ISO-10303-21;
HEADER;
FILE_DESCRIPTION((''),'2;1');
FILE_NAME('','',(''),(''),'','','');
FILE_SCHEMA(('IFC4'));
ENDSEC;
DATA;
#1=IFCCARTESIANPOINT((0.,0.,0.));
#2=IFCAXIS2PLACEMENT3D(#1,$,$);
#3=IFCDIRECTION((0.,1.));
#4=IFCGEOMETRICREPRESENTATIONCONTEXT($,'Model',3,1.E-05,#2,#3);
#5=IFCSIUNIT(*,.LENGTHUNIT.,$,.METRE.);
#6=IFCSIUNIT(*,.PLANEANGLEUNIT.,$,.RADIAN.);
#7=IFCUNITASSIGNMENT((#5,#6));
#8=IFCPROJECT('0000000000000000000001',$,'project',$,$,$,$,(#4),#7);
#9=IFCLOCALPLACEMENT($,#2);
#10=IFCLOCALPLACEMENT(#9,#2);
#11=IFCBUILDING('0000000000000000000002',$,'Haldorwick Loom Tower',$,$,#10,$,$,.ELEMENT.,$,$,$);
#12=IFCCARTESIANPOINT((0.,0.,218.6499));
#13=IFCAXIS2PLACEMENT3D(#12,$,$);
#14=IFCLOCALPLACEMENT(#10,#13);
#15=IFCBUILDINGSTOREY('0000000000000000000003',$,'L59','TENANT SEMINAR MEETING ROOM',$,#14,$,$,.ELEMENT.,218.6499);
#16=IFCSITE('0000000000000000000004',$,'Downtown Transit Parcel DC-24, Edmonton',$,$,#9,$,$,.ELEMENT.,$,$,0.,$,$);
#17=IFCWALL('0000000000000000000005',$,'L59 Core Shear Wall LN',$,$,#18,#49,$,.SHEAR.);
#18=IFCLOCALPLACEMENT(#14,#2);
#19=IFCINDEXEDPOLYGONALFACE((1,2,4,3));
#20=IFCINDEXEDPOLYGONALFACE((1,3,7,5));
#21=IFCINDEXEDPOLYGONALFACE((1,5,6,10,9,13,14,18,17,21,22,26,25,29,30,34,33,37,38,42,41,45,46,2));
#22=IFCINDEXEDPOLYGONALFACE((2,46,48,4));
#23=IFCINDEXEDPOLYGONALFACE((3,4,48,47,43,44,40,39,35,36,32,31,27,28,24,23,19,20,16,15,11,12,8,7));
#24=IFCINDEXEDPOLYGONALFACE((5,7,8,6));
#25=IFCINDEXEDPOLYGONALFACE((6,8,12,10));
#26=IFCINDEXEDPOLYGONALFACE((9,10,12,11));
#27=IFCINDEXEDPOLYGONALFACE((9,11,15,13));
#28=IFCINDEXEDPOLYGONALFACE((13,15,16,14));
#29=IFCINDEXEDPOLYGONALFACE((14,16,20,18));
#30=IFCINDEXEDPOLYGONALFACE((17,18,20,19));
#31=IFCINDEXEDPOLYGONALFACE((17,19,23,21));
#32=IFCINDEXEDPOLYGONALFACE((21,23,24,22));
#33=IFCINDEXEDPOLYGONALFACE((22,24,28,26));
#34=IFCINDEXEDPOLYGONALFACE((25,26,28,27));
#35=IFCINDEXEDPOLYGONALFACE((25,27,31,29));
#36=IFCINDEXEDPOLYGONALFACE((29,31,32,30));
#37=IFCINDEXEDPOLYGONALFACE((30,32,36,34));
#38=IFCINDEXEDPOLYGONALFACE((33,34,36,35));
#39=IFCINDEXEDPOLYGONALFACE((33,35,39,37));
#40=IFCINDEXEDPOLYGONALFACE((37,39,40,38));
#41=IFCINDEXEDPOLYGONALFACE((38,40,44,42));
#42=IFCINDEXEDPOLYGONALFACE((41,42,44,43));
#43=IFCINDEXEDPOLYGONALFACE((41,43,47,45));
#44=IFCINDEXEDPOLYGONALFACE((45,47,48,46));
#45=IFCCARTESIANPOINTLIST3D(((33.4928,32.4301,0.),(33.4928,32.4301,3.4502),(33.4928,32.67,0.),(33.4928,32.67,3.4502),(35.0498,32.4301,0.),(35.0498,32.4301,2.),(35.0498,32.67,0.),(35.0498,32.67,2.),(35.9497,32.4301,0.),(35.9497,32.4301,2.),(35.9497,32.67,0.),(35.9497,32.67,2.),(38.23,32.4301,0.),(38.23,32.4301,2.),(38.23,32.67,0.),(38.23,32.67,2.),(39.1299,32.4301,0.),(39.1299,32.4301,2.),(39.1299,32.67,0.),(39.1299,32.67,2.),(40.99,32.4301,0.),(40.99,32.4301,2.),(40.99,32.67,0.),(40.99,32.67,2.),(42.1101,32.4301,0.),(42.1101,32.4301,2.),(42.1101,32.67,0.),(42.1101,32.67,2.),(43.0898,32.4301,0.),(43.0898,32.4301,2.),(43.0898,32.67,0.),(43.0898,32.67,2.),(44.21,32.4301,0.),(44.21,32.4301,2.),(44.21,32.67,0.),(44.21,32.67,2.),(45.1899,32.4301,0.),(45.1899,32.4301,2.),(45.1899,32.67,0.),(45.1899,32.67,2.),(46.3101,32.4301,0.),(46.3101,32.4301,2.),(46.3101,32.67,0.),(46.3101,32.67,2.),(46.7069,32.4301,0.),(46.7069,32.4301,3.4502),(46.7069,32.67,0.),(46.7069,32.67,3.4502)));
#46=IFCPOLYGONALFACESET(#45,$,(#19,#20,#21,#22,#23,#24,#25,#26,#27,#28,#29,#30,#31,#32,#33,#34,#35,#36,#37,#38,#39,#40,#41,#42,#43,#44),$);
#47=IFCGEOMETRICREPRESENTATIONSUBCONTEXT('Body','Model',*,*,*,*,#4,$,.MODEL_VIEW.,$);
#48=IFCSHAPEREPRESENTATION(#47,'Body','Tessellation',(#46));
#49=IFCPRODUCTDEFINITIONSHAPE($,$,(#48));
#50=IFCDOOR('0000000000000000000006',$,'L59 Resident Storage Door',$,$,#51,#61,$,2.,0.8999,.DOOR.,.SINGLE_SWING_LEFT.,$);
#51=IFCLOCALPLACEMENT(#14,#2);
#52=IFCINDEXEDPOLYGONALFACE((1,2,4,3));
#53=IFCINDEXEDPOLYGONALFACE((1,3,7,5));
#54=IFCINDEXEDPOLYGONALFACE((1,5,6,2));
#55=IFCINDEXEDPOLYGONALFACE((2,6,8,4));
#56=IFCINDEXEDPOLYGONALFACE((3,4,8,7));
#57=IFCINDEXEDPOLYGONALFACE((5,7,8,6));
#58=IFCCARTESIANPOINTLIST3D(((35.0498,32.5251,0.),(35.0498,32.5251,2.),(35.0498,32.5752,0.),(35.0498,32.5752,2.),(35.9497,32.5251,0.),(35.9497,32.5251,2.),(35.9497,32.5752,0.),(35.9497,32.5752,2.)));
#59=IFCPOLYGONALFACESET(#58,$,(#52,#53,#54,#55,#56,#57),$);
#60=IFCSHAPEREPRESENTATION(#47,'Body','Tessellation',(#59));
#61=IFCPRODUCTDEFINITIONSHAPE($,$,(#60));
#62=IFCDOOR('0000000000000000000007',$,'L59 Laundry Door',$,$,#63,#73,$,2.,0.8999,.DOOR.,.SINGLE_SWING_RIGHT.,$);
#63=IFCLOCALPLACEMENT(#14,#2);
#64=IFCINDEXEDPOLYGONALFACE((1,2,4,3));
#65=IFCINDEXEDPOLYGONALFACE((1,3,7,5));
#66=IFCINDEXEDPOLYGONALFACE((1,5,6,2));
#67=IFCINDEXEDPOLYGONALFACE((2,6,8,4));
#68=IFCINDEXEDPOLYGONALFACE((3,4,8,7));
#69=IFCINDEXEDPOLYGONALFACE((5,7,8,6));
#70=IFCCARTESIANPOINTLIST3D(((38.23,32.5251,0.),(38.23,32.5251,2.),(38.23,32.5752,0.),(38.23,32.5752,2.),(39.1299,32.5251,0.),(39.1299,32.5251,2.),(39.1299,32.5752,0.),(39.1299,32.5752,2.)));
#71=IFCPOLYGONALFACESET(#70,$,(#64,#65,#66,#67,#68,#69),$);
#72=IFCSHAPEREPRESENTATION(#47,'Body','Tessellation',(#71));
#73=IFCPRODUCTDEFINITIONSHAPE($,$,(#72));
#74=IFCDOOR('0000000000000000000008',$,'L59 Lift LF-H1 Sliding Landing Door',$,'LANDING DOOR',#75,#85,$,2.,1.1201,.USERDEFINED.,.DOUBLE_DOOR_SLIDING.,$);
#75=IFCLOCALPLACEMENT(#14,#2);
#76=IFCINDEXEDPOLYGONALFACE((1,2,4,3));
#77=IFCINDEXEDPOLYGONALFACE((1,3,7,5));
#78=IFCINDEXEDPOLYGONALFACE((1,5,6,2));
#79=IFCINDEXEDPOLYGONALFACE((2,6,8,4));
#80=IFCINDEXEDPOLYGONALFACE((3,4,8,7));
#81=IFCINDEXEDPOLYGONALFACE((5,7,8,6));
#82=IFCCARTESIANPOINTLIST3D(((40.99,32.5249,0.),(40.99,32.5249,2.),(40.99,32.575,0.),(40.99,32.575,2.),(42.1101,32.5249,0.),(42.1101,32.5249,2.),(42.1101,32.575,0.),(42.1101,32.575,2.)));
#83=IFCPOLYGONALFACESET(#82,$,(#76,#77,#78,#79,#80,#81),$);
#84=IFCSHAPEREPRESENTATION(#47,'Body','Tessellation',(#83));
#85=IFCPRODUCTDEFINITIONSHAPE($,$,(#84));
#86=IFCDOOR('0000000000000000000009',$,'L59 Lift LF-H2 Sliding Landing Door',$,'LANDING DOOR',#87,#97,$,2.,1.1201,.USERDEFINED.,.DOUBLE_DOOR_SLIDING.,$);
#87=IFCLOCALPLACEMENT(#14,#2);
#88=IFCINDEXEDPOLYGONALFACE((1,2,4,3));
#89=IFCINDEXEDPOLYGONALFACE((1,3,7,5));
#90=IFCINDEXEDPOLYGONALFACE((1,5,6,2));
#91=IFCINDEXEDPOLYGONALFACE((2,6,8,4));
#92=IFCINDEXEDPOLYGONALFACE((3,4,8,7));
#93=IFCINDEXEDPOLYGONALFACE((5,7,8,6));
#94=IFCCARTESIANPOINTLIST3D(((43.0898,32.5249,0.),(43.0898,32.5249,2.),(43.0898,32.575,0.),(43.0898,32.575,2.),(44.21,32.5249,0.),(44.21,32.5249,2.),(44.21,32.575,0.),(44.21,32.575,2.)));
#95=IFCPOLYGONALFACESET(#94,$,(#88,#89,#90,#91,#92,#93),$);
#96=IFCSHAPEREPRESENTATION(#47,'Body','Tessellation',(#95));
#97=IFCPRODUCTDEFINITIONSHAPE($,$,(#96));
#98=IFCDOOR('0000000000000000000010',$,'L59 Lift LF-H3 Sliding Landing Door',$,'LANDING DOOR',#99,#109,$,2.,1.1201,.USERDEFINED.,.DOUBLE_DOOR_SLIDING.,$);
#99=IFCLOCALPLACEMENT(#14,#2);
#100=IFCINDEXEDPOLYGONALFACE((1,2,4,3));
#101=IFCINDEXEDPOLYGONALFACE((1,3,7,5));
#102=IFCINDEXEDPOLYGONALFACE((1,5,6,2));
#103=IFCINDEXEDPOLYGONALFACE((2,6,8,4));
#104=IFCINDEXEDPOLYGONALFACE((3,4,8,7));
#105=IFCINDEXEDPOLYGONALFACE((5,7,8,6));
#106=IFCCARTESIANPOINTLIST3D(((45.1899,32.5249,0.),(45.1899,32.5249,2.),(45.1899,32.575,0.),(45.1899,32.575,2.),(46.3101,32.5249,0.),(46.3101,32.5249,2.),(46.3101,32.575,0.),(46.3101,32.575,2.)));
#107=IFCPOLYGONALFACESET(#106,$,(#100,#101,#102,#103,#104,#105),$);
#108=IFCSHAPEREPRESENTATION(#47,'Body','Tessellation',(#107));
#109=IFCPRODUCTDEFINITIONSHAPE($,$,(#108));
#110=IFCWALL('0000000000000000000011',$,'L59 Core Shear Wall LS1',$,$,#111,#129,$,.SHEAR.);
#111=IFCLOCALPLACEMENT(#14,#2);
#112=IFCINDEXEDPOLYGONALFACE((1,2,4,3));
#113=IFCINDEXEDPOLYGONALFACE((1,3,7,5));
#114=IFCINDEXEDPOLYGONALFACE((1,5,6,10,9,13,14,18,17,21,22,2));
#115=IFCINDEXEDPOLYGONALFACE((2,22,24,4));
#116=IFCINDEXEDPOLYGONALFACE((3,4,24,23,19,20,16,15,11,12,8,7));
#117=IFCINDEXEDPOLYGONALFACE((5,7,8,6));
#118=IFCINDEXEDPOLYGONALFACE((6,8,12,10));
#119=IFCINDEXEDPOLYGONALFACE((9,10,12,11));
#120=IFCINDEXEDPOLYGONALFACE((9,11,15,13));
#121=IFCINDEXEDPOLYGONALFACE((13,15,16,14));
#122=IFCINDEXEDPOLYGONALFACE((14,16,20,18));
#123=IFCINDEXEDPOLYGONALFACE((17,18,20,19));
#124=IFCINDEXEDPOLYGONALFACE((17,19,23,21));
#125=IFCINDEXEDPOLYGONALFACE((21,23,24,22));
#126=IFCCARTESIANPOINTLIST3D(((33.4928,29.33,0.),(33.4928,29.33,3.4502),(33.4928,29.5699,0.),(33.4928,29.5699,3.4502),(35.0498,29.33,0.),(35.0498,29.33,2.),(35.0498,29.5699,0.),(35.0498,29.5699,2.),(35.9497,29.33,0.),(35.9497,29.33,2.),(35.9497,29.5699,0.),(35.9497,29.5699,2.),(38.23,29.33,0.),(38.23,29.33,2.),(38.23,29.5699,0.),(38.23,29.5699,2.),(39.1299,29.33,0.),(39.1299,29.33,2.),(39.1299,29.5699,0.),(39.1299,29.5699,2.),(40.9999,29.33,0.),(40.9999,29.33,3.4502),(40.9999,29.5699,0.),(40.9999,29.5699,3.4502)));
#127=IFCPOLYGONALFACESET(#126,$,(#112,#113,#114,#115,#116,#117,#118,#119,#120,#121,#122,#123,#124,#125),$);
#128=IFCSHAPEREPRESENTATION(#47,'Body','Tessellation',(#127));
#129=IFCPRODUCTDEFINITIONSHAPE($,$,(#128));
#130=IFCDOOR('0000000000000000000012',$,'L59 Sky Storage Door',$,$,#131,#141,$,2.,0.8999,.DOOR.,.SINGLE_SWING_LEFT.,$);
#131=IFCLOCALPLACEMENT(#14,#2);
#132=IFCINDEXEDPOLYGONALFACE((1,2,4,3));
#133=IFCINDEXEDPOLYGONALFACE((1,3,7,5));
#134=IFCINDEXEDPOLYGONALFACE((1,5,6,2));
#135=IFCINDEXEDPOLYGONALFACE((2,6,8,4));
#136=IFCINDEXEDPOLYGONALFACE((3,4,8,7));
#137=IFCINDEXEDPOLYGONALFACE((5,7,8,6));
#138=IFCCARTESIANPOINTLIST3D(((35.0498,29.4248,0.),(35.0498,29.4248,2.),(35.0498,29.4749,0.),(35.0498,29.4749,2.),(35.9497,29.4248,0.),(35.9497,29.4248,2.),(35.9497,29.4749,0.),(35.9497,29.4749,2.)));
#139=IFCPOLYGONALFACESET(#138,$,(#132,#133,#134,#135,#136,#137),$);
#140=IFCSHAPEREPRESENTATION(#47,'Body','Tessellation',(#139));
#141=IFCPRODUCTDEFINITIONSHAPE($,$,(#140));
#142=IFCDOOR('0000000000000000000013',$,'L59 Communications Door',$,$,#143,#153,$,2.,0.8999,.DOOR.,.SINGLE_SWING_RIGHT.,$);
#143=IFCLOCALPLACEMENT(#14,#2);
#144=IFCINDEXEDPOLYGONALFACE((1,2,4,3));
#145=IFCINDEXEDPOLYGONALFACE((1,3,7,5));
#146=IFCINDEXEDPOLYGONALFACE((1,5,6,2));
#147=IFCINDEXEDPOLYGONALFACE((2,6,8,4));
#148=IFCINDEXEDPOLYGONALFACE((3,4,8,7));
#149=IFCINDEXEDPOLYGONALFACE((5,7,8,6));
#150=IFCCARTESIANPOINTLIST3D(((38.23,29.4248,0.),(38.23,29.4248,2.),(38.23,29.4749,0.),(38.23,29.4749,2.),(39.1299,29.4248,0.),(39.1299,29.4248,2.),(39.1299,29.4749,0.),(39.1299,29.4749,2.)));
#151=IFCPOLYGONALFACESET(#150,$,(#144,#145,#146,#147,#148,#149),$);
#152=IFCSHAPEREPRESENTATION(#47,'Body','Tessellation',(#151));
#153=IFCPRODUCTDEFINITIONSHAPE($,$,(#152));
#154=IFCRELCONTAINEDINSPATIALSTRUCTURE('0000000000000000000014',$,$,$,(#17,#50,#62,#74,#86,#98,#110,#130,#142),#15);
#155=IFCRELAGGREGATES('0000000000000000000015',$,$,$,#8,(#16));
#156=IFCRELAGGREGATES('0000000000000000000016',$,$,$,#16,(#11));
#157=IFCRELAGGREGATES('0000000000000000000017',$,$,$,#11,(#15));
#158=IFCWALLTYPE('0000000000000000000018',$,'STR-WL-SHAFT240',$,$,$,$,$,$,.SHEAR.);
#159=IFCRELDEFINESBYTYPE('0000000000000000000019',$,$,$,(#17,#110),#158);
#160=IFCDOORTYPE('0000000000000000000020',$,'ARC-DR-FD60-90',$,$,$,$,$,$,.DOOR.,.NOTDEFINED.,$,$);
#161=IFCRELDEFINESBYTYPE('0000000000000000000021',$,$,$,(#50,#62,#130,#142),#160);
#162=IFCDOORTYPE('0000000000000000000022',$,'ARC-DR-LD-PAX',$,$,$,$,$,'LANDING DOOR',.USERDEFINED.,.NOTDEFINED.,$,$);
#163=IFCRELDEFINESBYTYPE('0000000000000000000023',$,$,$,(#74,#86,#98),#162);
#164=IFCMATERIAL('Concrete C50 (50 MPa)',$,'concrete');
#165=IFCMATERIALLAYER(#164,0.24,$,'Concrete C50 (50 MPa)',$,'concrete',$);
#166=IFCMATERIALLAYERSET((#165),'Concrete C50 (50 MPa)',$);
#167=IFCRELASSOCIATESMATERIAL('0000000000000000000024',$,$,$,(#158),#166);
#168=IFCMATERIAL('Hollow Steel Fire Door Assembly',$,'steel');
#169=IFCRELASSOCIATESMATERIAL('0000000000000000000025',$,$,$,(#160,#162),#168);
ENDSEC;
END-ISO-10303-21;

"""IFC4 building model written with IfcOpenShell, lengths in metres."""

from ifc_helpers import new_model, si_unit, direction, frame, frame_2d, origin, place, context, subcontext, project, spatial, rectangle, extrude, material, layer, layer_set, type_object, element, fill, save


model = new_model("IFC4")

# Units and contexts
model_context = context("Model", 3, precision=1e-05, world=origin(), true_north=direction((0.0, 1.0)))
body_context = subcontext(model_context, "Body", "Model", "MODEL_VIEW")
ifc_project = project(units=[si_unit("LENGTHUNIT", "METRE"), si_unit("PLANEANGLEUNIT", "RADIAN")], contexts=[model_context])

# Site, building, storey
site_placement = place(None, origin())
site = spatial("IfcSite", under=ifc_project, at=site_placement, Name="Downtown Transit Parcel DC-24, Edmonton", CompositionType="ELEMENT", RefElevation=0.0)
building_placement = place(site_placement, origin())
building = spatial("IfcBuilding", under=site, at=building_placement, Name="Haldorwick Loom Tower", CompositionType="ELEMENT")
storey_placement = place(building_placement, frame((0.0, 0.0, 218.6499)))
storey = spatial("IfcBuildingStorey", under=building, at=storey_placement, Name="L59", Description="TENANT SEMINAR MEETING ROOM", CompositionType="ELEMENT", Elevation=218.6499)

# Shared definitions
ifc_material_1 = material(Name="Concrete C50 (50 MPa)", Category="concrete")
ifc_layer_1 = layer(ifc_material_1, 0.24, Name="Concrete C50 (50 MPa)", Category="concrete")
ifc_layer_set_1 = layer_set([ifc_layer_1], Name="Concrete C50 (50 MPa)")
wall_type_1 = type_object("IfcWallType", Name="STR-WL-SHAFT240", PredefinedType="SHEAR", material=ifc_layer_set_1)

# Shared definitions
ifc_material_2 = material(Name="Hollow Steel Fire Door Assembly", Category="steel")

# Walls, openings, doors
wall_1_placement = place(storey_placement, frame((33.4929, 32.55, 0.0), z_axis=(0.0, 0.0, 1.0), x_axis=(1.0, 0.0, 0.0)))
wall_1 = element("IfcWall", 1, at=wall_1_placement, inside=storey, type_object=wall_type_1, Name="L59 Core Shear Wall LN", PredefinedType="SHEAR", context=body_context, shape_type="SweptSolid", body=[
    extrude(rectangle(XDim=13.2141, YDim=0.24, at=frame_2d((6.6069, 0.0))), origin(), (0.0, 0.0, 1.0), 3.4502),
])
opening_1_placement = place(wall_1_placement, frame((1.5569, 0.0, 0.0)))
opening_1 = element("IfcOpeningElement", 2, at=opening_1_placement, cuts=wall_1, PredefinedType="OPENING", context=body_context, shape_type="SweptSolid", body=[
    extrude(rectangle(XDim=0.8999, YDim=2.0, at=frame_2d((0.45, 1.0))), frame((0.0, 0.1299, 0.0), z_axis=(0.0, -1.0, 0.0), x_axis=(1.0, 0.0, 0.0)), (0.0, 0.0, 1.0), 0.26),
])
opening_2_placement = place(wall_1_placement, frame((4.7371, 0.0, 0.0)))
opening_2 = element("IfcOpeningElement", 3, at=opening_2_placement, cuts=wall_1, PredefinedType="OPENING", context=body_context, shape_type="SweptSolid", body=[
    extrude(rectangle(XDim=0.8999, YDim=2.0, at=frame_2d((0.45, 1.0))), frame((0.0, 0.1299, 0.0), z_axis=(0.0, -1.0, 0.0), x_axis=(1.0, 0.0, 0.0)), (0.0, 0.0, 1.0), 0.26),
])
opening_3_placement = place(wall_1_placement, frame((7.4971, 0.0, 0.0)))
opening_3 = element("IfcOpeningElement", 4, at=opening_3_placement, cuts=wall_1, PredefinedType="OPENING", context=body_context, shape_type="SweptSolid", body=[
    extrude(rectangle(XDim=1.1201, YDim=2.0, at=frame_2d((0.5601, 1.0))), frame((0.0, 0.1299, 0.0), z_axis=(0.0, -1.0, 0.0), x_axis=(1.0, 0.0, 0.0)), (0.0, 0.0, 1.0), 0.26),
])
opening_4_placement = place(wall_1_placement, frame((9.5969, 0.0, 0.0)))
opening_4 = element("IfcOpeningElement", 5, at=opening_4_placement, cuts=wall_1, PredefinedType="OPENING", context=body_context, shape_type="SweptSolid", body=[
    extrude(rectangle(XDim=1.1201, YDim=2.0, at=frame_2d((0.5601, 1.0))), frame((0.0, 0.1299, 0.0), z_axis=(0.0, -1.0, 0.0), x_axis=(1.0, 0.0, 0.0)), (0.0, 0.0, 1.0), 0.26),
])
opening_5_placement = place(wall_1_placement, frame((11.697, 0.0, 0.0)))
opening_5 = element("IfcOpeningElement", 6, at=opening_5_placement, cuts=wall_1, PredefinedType="OPENING", context=body_context, shape_type="SweptSolid", body=[
    extrude(rectangle(XDim=1.1201, YDim=2.0, at=frame_2d((0.5601, 1.0))), frame((0.0, 0.1299, 0.0), z_axis=(0.0, -1.0, 0.0), x_axis=(1.0, 0.0, 0.0)), (0.0, 0.0, 1.0), 0.26),
])
door_type_1 = type_object("IfcDoorType", Name="ARC-DR-FD60-90", OperationType="NOTDEFINED", PredefinedType="DOOR", material=ifc_material_2)
door_1_placement = place(opening_1_placement, frame((0.8999, 0.0, 0.0), z_axis=(0.0, 0.0, 1.0), x_axis=(-1.0, 0.0, 0.0)))
door_1 = element("IfcDoor", 7, at=door_1_placement, inside=storey, type_object=door_type_1, Name="L59 Resident Storage Door", OperationType="SINGLE_SWING_LEFT", OverallHeight=2.0, OverallWidth=0.8999, PredefinedType="DOOR", context=body_context, shape_type="SweptSolid", body=[
    extrude(rectangle(XDim=0.8999, YDim=2.0, at=frame_2d((0.45, 1.0))), frame((0.0, 0.0249, 0.0), z_axis=(0.0, -1.0, 0.0), x_axis=(1.0, 0.0, 0.0)), (0.0, 0.0, 1.0), 0.05),
])
fill(opening_1, door_1)
door_2_placement = place(opening_2_placement, frame((0.8999, 0.0, 0.0), z_axis=(0.0, 0.0, 1.0), x_axis=(-1.0, 0.0, 0.0)))
door_2 = element("IfcDoor", 8, at=door_2_placement, inside=storey, type_object=door_type_1, Name="L59 Laundry Door", OperationType="SINGLE_SWING_RIGHT", OverallHeight=2.0, OverallWidth=0.8999, PredefinedType="DOOR", context=body_context, shape_type="SweptSolid", body=[
    extrude(rectangle(XDim=0.8999, YDim=2.0, at=frame_2d((0.45, 1.0))), frame((0.0, 0.0249, 0.0), z_axis=(0.0, -1.0, 0.0), x_axis=(1.0, 0.0, 0.0)), (0.0, 0.0, 1.0), 0.05),
])
fill(opening_2, door_2)
door_type_2 = type_object("IfcDoorType", Name="ARC-DR-LD-PAX", ElementType="LANDING DOOR", OperationType="NOTDEFINED", PredefinedType="USERDEFINED", material=ifc_material_2)
door_3_placement = place(opening_3_placement, origin())
door_3 = element("IfcDoor", 9, at=door_3_placement, inside=storey, type_object=door_type_2, Name="L59 Lift LF-H1 Sliding Landing Door", ObjectType="LANDING DOOR", OperationType="DOUBLE_DOOR_SLIDING", OverallHeight=2.0, OverallWidth=1.1201, PredefinedType="USERDEFINED", context=body_context, shape_type="SweptSolid", body=[
    extrude(rectangle(XDim=1.1201, YDim=2.0, at=frame_2d((0.5601, 1.0))), frame((0.0, 0.0249, 0.0), z_axis=(0.0, -1.0, 0.0), x_axis=(1.0, 0.0, 0.0)), (0.0, 0.0, 1.0), 0.05),
])
fill(opening_3, door_3)
door_4_placement = place(opening_4_placement, origin())
door_4 = element("IfcDoor", 10, at=door_4_placement, inside=storey, type_object=door_type_2, Name="L59 Lift LF-H2 Sliding Landing Door", ObjectType="LANDING DOOR", OperationType="DOUBLE_DOOR_SLIDING", OverallHeight=2.0, OverallWidth=1.1201, PredefinedType="USERDEFINED", context=body_context, shape_type="SweptSolid", body=[
    extrude(rectangle(XDim=1.1201, YDim=2.0, at=frame_2d((0.5601, 1.0))), frame((0.0, 0.0249, 0.0), z_axis=(0.0, -1.0, 0.0), x_axis=(1.0, 0.0, 0.0)), (0.0, 0.0, 1.0), 0.05),
])
fill(opening_4, door_4)
door_5_placement = place(opening_5_placement, origin())
door_5 = element("IfcDoor", 11, at=door_5_placement, inside=storey, type_object=door_type_2, Name="L59 Lift LF-H3 Sliding Landing Door", ObjectType="LANDING DOOR", OperationType="DOUBLE_DOOR_SLIDING", OverallHeight=2.0, OverallWidth=1.1201, PredefinedType="USERDEFINED", context=body_context, shape_type="SweptSolid", body=[
    extrude(rectangle(XDim=1.1201, YDim=2.0, at=frame_2d((0.5601, 1.0))), frame((0.0, 0.0249, 0.0), z_axis=(0.0, -1.0, 0.0), x_axis=(1.0, 0.0, 0.0)), (0.0, 0.0, 1.0), 0.05),
])
fill(opening_5, door_5)
wall_2_placement = place(storey_placement, frame((33.4929, 29.45, 0.0), z_axis=(0.0, 0.0, 1.0), x_axis=(1.0, 0.0, 0.0)))
wall_2 = element("IfcWall", 12, at=wall_2_placement, inside=storey, type_object=wall_type_1, Name="L59 Core Shear Wall LS1", PredefinedType="SHEAR", context=body_context, shape_type="SweptSolid", body=[
    extrude(rectangle(XDim=7.5071, YDim=0.24, at=frame_2d((3.7534, 0.0))), origin(), (0.0, 0.0, 1.0), 3.4502),
])
opening_6_placement = place(wall_2_placement, frame((1.5569, 0.0, 0.0)))
opening_6 = element("IfcOpeningElement", 13, at=opening_6_placement, cuts=wall_2, PredefinedType="OPENING", context=body_context, shape_type="SweptSolid", body=[
    extrude(rectangle(XDim=0.8999, YDim=2.0, at=frame_2d((0.45, 1.0))), frame((0.0, 0.1299, 0.0), z_axis=(0.0, -1.0, 0.0), x_axis=(1.0, 0.0, 0.0)), (0.0, 0.0, 1.0), 0.26),
])
opening_7_placement = place(wall_2_placement, frame((4.7371, 0.0, 0.0)))
opening_7 = element("IfcOpeningElement", 14, at=opening_7_placement, cuts=wall_2, PredefinedType="OPENING", context=body_context, shape_type="SweptSolid", body=[
    extrude(rectangle(XDim=0.8999, YDim=2.0, at=frame_2d((0.45, 1.0))), frame((0.0, 0.1299, 0.0), z_axis=(0.0, -1.0, 0.0), x_axis=(1.0, 0.0, 0.0)), (0.0, 0.0, 1.0), 0.26),
])
door_6_placement = place(opening_6_placement, origin())
door_6 = element("IfcDoor", 15, at=door_6_placement, inside=storey, type_object=door_type_1, Name="L59 Sky Storage Door", OperationType="SINGLE_SWING_LEFT", OverallHeight=2.0, OverallWidth=0.8999, PredefinedType="DOOR", context=body_context, shape_type="SweptSolid", body=[
    extrude(rectangle(XDim=0.8999, YDim=2.0, at=frame_2d((0.45, 1.0))), frame((0.0, 0.0249, 0.0), z_axis=(0.0, -1.0, 0.0), x_axis=(1.0, 0.0, 0.0)), (0.0, 0.0, 1.0), 0.05),
])
fill(opening_6, door_6)
door_7_placement = place(opening_7_placement, origin())
door_7 = element("IfcDoor", 16, at=door_7_placement, inside=storey, type_object=door_type_1, Name="L59 Communications Door", OperationType="SINGLE_SWING_RIGHT", OverallHeight=2.0, OverallWidth=0.8999, PredefinedType="DOOR", context=body_context, shape_type="SweptSolid", body=[
    extrude(rectangle(XDim=0.8999, YDim=2.0, at=frame_2d((0.45, 1.0))), frame((0.0, 0.0249, 0.0), z_axis=(0.0, -1.0, 0.0), x_axis=(1.0, 0.0, 0.0)), (0.0, 0.0, 1.0), 0.05),
])
fill(opening_7, door_7)

save(model, "model.ifc")
